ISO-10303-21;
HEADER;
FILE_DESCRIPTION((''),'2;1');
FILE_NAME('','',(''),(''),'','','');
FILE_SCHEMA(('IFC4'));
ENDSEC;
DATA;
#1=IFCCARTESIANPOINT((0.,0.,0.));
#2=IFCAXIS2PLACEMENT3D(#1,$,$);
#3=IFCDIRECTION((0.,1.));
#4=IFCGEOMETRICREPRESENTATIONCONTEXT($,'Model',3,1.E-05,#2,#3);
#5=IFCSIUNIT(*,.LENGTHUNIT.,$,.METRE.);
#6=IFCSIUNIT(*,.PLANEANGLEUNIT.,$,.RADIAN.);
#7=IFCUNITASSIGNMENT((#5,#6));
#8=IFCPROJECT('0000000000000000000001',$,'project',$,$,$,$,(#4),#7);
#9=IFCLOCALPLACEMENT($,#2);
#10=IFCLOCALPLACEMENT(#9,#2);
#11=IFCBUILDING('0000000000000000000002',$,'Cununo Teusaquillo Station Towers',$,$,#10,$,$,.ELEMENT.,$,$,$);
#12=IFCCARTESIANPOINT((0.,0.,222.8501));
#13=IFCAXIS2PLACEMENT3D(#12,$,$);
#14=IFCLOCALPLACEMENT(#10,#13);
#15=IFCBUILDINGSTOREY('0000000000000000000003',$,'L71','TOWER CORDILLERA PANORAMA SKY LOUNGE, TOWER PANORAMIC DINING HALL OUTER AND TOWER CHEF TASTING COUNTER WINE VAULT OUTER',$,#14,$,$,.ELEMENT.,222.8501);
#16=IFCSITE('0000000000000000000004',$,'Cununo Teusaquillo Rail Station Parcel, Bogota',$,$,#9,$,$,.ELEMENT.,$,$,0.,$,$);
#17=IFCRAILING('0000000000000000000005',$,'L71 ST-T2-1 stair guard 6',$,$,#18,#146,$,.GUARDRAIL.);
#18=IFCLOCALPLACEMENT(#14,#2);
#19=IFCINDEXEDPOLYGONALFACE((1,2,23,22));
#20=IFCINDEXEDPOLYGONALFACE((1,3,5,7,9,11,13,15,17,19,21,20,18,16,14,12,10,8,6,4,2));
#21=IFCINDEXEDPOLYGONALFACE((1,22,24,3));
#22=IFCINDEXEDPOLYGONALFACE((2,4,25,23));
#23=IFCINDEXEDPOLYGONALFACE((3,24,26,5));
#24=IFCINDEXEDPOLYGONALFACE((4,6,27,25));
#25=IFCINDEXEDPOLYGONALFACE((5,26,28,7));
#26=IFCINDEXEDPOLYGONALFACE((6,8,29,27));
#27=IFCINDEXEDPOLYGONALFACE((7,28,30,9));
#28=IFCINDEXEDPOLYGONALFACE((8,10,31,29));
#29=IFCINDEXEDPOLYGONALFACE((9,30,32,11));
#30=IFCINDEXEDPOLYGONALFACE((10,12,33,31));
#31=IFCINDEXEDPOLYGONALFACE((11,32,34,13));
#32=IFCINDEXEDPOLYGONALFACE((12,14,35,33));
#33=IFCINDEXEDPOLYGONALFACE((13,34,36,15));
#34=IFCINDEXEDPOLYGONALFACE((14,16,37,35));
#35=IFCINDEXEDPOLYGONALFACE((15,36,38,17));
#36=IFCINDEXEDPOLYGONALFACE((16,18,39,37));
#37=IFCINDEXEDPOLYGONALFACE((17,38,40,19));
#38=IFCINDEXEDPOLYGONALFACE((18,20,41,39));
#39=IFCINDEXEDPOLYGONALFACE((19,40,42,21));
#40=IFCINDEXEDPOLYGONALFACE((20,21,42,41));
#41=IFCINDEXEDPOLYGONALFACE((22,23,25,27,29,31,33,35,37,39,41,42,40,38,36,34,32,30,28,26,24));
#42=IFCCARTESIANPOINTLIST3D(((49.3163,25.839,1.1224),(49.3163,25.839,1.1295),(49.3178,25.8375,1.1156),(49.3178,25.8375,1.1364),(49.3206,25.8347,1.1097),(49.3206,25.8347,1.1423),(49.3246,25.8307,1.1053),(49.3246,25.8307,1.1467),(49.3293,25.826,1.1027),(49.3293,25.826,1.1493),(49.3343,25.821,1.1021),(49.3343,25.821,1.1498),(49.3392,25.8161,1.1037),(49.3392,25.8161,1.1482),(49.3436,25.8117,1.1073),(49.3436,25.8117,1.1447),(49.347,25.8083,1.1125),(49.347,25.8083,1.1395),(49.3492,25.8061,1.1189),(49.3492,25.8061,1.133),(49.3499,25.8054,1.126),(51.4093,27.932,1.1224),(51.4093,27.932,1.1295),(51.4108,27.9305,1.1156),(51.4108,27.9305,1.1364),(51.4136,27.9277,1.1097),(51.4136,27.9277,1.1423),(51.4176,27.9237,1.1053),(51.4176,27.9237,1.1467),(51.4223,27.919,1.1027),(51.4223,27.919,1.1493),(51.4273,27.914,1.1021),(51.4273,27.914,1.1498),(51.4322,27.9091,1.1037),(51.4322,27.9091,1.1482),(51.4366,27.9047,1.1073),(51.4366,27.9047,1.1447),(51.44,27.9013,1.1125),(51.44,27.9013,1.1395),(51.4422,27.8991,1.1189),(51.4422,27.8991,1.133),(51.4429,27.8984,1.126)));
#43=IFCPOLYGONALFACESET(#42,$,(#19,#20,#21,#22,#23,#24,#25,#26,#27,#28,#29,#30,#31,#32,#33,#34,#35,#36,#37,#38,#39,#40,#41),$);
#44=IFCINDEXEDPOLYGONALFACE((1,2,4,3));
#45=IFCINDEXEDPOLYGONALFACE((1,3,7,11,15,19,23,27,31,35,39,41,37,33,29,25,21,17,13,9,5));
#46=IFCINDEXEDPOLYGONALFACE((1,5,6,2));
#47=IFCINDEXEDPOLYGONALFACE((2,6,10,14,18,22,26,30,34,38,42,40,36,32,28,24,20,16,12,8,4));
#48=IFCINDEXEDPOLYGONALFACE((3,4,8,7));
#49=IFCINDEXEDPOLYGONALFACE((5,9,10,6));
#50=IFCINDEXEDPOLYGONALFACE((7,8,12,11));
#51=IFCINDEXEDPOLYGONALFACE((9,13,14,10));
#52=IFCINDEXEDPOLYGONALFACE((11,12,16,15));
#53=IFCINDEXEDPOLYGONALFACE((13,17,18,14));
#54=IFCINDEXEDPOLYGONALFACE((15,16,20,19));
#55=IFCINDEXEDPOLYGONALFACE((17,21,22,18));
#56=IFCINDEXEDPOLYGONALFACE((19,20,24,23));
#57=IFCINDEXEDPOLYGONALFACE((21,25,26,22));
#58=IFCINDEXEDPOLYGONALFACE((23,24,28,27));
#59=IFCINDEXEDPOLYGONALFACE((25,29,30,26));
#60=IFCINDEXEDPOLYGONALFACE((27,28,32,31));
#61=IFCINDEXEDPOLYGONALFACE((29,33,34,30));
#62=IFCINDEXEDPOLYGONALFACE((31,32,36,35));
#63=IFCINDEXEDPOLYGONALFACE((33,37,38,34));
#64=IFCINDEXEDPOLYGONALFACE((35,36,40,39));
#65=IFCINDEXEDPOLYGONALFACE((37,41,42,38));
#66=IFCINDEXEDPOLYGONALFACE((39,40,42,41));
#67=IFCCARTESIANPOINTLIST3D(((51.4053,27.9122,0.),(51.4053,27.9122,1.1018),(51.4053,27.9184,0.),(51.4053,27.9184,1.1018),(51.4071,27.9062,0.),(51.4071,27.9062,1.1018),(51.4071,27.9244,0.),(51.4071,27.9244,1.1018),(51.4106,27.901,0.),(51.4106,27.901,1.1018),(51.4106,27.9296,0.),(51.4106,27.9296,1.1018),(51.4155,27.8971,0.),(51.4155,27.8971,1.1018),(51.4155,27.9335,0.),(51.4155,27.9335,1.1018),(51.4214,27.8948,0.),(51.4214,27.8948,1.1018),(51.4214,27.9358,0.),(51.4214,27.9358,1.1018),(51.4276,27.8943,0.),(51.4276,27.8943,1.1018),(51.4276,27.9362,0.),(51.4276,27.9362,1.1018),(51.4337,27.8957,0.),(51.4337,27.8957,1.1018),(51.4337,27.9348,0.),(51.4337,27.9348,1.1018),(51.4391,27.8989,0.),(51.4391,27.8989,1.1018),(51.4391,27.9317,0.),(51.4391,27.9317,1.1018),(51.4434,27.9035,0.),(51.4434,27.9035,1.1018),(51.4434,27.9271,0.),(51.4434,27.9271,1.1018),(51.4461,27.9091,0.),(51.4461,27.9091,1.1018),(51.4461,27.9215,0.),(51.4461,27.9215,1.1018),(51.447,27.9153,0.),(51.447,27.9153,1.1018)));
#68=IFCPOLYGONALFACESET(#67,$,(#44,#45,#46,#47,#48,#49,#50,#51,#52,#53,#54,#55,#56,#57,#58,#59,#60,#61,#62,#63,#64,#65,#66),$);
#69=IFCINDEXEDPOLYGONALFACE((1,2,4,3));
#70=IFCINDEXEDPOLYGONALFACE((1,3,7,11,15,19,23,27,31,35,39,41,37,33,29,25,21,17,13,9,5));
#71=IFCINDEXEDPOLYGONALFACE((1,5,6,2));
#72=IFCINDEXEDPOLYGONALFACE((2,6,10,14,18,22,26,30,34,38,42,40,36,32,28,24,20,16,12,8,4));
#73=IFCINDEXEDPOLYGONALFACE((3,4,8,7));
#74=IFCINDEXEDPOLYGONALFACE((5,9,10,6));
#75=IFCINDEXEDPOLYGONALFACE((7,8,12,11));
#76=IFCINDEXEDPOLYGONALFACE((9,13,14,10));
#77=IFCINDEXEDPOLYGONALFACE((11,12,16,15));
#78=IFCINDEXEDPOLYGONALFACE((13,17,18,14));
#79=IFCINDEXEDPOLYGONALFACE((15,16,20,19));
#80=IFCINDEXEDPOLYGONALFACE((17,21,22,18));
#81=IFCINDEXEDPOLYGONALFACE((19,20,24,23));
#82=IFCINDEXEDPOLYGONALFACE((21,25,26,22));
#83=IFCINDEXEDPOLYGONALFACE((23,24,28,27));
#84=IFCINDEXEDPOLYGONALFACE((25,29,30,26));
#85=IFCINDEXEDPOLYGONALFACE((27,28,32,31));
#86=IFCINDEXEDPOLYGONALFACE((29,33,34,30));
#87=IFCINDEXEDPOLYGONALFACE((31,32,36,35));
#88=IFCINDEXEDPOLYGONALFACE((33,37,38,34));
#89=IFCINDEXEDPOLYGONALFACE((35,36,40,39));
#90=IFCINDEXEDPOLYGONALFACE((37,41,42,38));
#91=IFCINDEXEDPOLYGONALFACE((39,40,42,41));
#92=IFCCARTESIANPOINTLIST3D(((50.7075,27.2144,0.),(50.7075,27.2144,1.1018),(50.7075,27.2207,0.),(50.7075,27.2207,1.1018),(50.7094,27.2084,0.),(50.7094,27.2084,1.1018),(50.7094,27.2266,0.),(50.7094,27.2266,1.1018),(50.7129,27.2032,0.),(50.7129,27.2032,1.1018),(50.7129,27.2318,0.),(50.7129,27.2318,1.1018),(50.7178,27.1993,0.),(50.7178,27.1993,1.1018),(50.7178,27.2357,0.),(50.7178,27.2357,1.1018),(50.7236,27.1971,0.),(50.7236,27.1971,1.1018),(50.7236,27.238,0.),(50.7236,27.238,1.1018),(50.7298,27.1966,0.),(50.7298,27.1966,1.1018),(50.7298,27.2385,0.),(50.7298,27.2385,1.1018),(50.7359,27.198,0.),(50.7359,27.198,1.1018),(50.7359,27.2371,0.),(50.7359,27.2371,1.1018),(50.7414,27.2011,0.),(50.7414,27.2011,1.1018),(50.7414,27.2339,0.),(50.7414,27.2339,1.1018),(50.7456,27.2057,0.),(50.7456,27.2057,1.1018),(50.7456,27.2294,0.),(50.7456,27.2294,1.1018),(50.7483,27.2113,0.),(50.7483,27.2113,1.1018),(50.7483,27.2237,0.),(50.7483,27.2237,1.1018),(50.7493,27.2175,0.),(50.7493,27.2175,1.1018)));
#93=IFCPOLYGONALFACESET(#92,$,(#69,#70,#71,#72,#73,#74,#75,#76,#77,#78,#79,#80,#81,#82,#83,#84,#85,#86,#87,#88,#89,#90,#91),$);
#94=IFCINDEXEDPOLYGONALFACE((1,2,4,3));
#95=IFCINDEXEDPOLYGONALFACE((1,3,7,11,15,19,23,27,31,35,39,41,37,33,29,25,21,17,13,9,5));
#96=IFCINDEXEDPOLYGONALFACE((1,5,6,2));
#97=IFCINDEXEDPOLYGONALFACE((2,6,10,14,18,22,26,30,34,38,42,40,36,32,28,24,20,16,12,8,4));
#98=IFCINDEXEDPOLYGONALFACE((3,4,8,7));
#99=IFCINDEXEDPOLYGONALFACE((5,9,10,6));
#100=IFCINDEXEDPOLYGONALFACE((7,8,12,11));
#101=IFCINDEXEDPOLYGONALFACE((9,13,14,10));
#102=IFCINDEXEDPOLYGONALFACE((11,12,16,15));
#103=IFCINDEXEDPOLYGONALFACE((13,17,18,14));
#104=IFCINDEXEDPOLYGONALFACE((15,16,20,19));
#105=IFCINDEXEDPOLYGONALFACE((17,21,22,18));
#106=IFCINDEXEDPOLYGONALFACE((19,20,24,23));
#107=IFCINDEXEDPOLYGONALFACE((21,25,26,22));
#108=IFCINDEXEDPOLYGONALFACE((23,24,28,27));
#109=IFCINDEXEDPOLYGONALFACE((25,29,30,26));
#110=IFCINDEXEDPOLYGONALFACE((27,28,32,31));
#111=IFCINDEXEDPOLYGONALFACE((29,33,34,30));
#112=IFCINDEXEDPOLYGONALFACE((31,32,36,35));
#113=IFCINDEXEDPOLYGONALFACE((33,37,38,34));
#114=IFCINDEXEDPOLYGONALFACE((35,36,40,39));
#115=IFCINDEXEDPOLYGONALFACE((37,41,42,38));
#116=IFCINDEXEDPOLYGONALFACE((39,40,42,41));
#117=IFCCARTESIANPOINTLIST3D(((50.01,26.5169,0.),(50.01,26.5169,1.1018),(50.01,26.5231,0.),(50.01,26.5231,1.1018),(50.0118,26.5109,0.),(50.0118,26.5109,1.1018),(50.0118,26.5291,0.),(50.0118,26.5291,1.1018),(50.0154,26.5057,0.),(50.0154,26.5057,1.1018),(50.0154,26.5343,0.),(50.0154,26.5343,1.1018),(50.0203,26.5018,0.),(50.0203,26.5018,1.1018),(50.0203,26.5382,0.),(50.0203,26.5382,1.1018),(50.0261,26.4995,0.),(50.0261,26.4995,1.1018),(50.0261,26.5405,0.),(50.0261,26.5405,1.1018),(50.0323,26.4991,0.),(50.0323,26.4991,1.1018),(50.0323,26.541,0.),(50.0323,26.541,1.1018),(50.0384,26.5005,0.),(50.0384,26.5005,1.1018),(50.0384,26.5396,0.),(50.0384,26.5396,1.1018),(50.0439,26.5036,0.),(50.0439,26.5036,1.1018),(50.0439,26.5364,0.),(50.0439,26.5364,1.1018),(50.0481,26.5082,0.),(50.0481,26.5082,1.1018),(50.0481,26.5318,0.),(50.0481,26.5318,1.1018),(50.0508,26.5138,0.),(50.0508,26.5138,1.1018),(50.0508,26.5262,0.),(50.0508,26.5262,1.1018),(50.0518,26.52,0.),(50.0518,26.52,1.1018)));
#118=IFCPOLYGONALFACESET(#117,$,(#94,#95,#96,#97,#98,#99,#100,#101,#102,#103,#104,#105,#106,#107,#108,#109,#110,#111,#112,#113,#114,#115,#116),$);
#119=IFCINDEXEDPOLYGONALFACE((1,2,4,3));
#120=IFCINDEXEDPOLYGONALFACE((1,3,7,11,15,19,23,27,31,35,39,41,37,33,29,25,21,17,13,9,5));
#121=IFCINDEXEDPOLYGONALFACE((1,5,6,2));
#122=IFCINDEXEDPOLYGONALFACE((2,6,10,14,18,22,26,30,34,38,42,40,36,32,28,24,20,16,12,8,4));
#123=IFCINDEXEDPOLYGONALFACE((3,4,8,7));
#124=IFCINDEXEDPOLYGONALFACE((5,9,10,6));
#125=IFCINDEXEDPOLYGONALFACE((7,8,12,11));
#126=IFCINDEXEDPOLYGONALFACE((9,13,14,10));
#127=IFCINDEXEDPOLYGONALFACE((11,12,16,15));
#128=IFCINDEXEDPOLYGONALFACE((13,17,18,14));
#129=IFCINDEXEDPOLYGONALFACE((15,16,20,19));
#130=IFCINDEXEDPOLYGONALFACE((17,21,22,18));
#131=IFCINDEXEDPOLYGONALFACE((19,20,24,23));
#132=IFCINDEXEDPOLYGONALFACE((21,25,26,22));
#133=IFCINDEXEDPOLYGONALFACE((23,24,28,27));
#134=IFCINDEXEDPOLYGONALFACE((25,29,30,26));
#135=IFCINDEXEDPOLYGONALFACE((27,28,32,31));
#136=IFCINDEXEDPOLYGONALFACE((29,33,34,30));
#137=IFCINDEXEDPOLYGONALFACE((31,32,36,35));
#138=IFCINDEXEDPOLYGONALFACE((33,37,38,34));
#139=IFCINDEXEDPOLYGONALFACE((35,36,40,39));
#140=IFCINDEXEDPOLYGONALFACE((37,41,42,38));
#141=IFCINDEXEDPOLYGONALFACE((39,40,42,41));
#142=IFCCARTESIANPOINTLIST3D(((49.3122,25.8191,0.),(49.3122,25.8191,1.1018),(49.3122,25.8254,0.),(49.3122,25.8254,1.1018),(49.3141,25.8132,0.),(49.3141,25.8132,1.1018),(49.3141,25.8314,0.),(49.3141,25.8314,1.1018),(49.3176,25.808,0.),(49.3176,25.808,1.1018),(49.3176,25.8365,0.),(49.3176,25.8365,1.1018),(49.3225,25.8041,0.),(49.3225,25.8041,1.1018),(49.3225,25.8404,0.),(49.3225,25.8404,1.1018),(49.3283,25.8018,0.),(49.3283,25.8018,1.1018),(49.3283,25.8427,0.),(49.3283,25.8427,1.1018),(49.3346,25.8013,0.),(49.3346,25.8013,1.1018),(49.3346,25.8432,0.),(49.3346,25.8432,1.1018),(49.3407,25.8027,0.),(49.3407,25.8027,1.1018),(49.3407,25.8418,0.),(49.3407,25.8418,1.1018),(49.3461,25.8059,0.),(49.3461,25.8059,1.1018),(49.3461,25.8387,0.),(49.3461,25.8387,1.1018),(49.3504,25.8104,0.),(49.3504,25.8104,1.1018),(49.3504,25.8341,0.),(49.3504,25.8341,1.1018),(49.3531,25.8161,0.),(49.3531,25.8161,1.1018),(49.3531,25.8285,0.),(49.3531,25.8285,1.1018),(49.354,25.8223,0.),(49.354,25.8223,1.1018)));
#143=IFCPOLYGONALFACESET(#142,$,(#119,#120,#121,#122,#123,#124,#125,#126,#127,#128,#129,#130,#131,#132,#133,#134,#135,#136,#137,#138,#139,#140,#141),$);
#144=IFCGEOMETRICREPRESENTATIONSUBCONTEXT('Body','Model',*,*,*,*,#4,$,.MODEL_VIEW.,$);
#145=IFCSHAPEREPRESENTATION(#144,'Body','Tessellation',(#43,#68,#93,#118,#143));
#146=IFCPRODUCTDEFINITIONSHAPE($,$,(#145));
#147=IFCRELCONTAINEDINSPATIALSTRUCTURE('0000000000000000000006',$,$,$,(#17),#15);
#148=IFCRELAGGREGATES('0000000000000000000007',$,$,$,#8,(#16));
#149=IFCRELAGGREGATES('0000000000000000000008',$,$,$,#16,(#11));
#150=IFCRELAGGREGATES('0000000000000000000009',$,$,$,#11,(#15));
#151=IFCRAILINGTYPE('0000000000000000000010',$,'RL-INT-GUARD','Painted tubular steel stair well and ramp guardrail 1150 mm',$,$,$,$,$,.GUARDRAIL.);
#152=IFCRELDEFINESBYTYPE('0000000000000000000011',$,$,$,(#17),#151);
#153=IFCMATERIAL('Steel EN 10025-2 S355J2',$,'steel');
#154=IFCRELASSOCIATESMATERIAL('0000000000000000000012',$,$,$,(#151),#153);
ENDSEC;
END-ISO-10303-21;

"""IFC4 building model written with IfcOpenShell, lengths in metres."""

from ifc_helpers import new_model, si_unit, direction, frame, origin, origin_2d, place, context, subcontext, project, spatial, circle, extrude, material, type_object, element, save


model = new_model("IFC4")

# Units and contexts
model_context = context("Model", 3, precision=1e-05, world=origin(), true_north=direction((0.0, 1.0)))
body_context = subcontext(model_context, "Body", "Model", "MODEL_VIEW")
ifc_project = project(units=[si_unit("LENGTHUNIT", "METRE"), si_unit("PLANEANGLEUNIT", "RADIAN")], contexts=[model_context])

# Site, building, storey
site_placement = place(None, origin())
site = spatial("IfcSite", under=ifc_project, at=site_placement, Name="Cununo Teusaquillo Rail Station Parcel, Bogota", CompositionType="ELEMENT", RefElevation=0.0)
building_placement = place(site_placement, origin())
building = spatial("IfcBuilding", under=site, at=building_placement, Name="Cununo Teusaquillo Station Towers", CompositionType="ELEMENT")
storey_placement = place(building_placement, frame((0.0, 0.0, 222.8501)))
storey = spatial("IfcBuildingStorey", under=building, at=storey_placement, Name="L71", Description="TOWER CORDILLERA PANORAMA SKY LOUNGE, TOWER PANORAMIC DINING HALL OUTER AND TOWER CHEF TASTING COUNTER WINE VAULT OUTER", CompositionType="ELEMENT", Elevation=222.8501)

# Railing
ifc_material_1 = material(Name="Steel EN 10025-2 S355J2", Category="steel")
railing_type = type_object("IfcRailingType", Name="RL-INT-GUARD", Description="Painted tubular steel stair well and ramp guardrail 1150 mm", PredefinedType="GUARDRAIL", material=ifc_material_1)
railing_1_placement = place(storey_placement, frame((51.426, 27.9153, 0.0)))
element("IfcRailing", 1, at=railing_1_placement, inside=storey, type_object=railing_type, Name="L71 ST-T2-1 stair guard 6", PredefinedType="GUARDRAIL", context=body_context, shape_type="SweptSolid", body=[
    extrude(circle(Radius=0.0239, at=origin_2d()), frame((0.0, 0.0, 1.126), z_axis=(-0.707107, -0.707107, 0.0), x_axis=(0.707107, -0.707107, 0.0)), (0.0, 0.0, 1.0), 2.96),
    extrude(circle(Radius=0.021, at=origin_2d()), origin(), (0.0, 0.0, 1.0), 1.1018),
    extrude(circle(Radius=0.021, at=origin_2d()), frame((-0.6978, -0.6978, 0.0)), (0.0, 0.0, 1.0), 1.1018),
    extrude(circle(Radius=0.021, at=origin_2d()), frame((-1.3953, -1.3953, 0.0)), (0.0, 0.0, 1.0), 1.1018),
    extrude(circle(Radius=0.021, at=origin_2d()), frame((-2.093, -2.093, 0.0)), (0.0, 0.0, 1.0), 1.1018),
])

save(model, "model.ifc")
